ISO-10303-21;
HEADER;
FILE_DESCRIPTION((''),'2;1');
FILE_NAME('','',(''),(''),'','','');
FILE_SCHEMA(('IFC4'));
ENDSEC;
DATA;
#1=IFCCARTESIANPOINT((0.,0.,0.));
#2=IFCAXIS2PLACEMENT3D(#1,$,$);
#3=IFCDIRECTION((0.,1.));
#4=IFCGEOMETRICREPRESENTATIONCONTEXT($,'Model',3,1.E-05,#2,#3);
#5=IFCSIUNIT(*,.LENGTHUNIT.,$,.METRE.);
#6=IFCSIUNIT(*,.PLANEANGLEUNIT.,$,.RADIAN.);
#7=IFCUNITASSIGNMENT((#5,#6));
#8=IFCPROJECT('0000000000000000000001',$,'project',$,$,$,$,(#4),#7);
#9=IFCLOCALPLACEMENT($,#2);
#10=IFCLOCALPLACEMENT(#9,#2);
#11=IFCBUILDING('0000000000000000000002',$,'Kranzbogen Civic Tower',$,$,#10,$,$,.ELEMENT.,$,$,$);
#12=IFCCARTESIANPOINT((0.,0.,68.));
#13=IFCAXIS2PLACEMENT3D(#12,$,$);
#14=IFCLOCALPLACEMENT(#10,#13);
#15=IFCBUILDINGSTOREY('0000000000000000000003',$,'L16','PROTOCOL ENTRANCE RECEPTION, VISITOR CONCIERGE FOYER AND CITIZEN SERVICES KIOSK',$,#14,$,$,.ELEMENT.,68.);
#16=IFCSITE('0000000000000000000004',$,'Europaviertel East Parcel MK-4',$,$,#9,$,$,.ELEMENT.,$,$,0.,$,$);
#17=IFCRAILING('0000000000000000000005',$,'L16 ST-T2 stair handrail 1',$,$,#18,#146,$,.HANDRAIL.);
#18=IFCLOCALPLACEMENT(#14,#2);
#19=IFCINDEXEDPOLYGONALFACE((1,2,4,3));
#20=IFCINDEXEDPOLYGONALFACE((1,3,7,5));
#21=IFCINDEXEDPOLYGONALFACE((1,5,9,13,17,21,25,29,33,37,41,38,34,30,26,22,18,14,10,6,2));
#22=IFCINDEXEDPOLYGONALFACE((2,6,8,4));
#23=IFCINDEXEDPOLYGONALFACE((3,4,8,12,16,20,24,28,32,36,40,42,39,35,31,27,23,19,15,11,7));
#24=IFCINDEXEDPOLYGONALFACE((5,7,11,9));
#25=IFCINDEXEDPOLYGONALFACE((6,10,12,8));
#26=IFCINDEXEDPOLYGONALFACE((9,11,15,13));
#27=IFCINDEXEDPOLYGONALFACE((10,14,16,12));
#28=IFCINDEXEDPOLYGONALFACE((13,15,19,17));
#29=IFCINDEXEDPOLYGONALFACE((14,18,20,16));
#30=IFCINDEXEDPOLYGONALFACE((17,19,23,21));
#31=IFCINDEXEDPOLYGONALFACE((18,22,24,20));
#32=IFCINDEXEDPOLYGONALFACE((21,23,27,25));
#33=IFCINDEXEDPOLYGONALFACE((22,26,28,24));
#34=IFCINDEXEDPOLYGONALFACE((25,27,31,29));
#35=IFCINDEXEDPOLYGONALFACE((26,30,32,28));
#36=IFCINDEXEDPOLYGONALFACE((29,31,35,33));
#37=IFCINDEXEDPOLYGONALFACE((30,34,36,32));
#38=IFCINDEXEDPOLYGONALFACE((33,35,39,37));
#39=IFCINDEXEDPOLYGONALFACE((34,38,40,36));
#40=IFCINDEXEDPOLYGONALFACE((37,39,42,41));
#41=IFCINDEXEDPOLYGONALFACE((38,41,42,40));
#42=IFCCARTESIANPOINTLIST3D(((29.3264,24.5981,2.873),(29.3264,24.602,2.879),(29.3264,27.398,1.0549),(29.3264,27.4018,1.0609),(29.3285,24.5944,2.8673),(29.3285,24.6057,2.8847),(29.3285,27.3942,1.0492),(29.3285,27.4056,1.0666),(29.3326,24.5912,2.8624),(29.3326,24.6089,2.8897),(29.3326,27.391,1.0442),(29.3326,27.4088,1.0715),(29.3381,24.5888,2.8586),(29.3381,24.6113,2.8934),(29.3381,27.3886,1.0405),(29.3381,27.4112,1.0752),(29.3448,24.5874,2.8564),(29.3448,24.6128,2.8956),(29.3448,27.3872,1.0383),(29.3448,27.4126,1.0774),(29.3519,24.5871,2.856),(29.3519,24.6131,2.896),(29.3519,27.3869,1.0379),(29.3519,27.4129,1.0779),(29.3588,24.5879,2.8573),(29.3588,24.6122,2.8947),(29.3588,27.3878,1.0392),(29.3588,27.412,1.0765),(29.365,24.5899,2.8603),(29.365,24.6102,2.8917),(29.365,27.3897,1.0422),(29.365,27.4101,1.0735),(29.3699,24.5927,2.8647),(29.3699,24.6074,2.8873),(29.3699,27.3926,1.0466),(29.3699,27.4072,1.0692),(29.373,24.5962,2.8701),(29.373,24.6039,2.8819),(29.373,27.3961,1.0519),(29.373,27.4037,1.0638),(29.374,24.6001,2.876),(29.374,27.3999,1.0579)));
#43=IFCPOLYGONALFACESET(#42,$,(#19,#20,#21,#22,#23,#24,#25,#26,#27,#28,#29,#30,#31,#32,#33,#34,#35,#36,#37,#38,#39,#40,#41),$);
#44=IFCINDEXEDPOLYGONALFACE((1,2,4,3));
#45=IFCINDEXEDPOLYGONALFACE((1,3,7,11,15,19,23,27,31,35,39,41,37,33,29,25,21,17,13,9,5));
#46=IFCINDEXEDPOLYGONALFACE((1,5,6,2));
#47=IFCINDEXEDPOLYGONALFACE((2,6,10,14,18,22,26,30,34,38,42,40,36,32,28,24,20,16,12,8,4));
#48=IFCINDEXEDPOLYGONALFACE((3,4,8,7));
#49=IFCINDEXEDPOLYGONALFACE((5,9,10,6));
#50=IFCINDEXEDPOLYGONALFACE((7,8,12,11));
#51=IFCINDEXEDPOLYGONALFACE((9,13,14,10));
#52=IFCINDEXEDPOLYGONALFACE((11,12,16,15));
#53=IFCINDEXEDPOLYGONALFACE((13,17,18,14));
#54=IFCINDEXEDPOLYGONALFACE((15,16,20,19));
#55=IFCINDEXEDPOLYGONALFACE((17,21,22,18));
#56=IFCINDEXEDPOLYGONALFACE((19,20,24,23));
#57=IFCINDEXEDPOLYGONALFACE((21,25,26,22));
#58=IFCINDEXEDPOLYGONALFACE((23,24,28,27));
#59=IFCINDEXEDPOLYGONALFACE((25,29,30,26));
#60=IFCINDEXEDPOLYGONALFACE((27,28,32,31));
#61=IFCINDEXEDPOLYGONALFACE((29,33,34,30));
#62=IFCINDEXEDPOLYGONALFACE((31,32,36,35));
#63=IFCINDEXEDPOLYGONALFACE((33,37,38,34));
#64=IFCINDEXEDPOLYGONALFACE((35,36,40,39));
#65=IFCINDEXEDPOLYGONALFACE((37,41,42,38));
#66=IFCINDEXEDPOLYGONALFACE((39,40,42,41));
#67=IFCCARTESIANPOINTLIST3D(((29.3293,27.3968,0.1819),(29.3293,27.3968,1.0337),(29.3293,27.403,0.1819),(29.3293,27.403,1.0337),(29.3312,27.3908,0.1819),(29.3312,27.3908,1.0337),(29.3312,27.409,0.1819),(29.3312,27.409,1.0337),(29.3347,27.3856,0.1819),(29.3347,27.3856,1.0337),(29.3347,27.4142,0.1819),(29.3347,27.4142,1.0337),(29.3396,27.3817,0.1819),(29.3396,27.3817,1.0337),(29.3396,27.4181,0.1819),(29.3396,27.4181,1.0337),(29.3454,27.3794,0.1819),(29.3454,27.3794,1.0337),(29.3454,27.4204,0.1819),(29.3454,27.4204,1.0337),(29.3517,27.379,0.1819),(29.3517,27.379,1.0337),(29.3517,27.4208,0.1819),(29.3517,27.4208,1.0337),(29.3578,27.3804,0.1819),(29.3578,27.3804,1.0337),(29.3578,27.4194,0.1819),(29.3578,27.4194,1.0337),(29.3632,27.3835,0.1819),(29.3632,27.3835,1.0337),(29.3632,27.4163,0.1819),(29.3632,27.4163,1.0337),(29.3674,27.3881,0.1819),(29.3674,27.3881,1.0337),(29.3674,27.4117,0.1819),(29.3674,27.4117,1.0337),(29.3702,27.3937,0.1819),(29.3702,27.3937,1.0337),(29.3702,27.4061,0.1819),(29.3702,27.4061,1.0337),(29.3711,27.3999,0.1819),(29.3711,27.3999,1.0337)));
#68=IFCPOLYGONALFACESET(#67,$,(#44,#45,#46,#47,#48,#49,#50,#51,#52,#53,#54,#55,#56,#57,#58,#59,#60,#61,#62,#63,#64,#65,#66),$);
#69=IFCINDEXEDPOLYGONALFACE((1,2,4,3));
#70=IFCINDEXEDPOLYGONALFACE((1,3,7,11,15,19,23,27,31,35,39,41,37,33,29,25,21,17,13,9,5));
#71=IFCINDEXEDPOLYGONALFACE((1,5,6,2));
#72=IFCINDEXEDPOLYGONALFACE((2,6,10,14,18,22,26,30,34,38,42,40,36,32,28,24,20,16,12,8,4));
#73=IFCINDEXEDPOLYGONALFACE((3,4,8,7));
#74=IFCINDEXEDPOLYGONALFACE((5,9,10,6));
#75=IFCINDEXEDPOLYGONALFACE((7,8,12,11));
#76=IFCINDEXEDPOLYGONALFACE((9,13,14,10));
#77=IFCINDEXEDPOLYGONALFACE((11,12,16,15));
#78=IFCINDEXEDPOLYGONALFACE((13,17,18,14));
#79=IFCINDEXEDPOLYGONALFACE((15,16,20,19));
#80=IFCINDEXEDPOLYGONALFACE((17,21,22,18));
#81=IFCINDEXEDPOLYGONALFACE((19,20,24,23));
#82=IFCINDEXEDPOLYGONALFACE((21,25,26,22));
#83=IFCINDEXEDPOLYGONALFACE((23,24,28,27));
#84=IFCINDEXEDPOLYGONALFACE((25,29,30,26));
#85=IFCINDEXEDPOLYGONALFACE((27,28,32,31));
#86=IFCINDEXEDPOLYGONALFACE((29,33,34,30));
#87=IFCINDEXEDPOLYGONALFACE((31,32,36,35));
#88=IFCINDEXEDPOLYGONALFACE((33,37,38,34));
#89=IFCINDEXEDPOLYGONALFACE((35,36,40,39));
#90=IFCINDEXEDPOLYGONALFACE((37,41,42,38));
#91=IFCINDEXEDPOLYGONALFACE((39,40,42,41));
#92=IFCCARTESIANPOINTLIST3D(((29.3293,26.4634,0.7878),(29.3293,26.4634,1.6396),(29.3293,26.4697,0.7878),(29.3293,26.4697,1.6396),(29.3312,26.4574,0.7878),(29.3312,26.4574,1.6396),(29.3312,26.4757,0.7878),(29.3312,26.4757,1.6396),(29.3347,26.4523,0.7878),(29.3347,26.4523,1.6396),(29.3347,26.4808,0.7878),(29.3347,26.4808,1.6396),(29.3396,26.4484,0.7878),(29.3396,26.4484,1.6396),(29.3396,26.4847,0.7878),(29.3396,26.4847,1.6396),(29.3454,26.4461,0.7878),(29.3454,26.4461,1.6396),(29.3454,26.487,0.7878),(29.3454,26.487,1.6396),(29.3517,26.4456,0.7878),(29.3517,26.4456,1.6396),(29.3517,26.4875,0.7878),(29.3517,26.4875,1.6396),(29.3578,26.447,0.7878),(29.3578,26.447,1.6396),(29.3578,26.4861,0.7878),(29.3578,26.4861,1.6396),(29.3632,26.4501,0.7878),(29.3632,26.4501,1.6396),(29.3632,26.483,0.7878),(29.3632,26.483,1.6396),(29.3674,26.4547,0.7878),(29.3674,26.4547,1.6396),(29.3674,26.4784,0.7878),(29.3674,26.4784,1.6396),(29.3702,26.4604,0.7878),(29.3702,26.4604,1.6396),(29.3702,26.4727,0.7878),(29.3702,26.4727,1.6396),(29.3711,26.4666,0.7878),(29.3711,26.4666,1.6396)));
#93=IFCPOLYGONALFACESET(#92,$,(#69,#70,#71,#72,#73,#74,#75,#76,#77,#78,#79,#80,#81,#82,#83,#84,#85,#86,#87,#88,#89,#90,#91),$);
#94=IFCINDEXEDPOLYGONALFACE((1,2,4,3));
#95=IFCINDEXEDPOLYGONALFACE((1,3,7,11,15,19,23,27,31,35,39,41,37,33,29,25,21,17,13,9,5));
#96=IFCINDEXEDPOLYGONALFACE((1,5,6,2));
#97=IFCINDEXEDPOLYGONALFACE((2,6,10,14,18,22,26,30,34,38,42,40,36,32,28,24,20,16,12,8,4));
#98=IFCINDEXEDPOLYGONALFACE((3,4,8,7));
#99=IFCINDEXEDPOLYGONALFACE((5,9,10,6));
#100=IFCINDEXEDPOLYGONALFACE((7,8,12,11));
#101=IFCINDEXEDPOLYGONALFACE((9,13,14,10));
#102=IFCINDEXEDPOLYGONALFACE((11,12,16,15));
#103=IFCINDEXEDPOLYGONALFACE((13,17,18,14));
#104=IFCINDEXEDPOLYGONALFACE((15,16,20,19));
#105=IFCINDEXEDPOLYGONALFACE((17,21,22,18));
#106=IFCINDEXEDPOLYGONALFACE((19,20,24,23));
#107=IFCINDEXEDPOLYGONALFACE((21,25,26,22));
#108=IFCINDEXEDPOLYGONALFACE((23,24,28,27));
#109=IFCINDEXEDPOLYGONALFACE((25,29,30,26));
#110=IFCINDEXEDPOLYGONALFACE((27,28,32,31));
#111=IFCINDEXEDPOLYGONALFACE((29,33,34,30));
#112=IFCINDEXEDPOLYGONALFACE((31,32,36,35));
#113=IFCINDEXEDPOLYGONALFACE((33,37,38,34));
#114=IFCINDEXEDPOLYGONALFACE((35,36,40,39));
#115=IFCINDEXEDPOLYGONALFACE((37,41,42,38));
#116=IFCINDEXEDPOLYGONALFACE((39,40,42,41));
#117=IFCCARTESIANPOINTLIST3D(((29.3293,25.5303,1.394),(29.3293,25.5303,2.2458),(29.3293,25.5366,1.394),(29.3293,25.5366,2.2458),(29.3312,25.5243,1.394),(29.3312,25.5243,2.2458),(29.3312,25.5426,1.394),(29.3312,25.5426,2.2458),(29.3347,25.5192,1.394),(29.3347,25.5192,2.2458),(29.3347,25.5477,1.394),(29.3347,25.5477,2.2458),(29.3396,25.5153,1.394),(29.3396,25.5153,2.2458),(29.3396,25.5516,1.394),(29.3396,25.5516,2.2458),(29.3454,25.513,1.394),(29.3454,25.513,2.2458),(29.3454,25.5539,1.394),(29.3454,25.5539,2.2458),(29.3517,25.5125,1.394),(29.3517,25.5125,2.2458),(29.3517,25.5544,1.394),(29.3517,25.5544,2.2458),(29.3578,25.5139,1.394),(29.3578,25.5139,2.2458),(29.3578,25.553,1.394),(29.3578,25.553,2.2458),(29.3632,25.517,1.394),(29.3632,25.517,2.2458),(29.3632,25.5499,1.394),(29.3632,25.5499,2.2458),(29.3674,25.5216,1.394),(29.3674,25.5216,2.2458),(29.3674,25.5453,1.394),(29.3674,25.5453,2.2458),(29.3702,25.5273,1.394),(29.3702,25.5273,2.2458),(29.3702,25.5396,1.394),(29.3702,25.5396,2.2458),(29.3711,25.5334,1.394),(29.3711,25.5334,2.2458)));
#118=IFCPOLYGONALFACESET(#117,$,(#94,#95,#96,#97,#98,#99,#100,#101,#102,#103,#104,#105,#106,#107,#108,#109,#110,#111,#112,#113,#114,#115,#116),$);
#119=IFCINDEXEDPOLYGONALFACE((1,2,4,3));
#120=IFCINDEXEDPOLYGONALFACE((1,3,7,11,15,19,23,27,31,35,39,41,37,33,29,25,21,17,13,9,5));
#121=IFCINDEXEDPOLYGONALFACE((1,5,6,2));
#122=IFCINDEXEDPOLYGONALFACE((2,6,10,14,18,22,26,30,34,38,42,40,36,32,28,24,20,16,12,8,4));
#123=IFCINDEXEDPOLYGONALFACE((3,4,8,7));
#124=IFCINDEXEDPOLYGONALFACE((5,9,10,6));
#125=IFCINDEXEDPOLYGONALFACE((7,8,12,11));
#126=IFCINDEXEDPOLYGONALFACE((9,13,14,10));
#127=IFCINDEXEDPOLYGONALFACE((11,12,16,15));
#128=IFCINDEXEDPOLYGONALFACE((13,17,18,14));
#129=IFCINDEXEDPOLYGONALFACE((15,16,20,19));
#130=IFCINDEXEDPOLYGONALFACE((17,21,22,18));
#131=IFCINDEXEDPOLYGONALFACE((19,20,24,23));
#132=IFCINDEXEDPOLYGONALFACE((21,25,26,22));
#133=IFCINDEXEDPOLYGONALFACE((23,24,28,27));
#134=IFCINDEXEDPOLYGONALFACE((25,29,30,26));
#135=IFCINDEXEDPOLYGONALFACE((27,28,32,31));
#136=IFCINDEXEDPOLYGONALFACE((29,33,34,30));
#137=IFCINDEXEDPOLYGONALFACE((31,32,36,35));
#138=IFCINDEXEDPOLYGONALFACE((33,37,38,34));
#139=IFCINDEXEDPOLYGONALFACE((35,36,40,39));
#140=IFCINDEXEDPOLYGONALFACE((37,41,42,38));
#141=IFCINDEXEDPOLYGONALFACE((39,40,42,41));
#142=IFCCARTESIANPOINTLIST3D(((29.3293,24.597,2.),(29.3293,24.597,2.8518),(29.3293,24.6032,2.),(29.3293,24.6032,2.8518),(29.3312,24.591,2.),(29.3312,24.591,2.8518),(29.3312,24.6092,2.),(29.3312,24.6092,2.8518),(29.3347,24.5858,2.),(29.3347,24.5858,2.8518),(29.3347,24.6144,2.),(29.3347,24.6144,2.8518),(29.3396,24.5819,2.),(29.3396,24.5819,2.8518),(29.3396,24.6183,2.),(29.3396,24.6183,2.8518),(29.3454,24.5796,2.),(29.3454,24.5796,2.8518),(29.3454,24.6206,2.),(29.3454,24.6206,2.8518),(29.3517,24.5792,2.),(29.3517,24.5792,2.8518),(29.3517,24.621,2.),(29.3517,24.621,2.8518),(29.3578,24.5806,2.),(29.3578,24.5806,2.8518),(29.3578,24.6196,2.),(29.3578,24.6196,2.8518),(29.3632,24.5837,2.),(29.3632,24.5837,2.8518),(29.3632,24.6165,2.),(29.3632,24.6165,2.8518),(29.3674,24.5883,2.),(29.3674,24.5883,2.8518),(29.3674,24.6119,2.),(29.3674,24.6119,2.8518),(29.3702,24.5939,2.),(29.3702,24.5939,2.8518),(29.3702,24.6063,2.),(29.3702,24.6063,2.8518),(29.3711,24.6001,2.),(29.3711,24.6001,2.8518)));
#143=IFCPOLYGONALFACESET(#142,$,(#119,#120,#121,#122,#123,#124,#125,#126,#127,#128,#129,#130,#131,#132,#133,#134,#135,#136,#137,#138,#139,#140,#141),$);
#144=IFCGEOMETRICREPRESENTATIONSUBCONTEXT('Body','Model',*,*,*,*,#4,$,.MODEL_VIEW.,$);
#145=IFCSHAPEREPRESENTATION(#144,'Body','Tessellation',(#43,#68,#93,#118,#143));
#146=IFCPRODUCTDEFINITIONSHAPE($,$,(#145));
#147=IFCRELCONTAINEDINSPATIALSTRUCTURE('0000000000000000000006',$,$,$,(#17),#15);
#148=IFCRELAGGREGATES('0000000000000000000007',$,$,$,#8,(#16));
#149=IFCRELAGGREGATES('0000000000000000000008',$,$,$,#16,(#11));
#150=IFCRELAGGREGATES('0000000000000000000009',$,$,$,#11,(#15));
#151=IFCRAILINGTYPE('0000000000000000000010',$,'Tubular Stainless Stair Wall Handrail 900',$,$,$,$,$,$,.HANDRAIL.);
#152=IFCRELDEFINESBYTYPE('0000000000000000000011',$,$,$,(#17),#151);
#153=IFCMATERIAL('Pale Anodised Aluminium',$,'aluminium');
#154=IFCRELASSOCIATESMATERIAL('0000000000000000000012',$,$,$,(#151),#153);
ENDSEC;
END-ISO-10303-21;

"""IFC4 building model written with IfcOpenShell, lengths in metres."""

from ifc_helpers import new_model, si_unit, direction, frame, origin, origin_2d, place, context, subcontext, project, spatial, circle, extrude, material, type_object, element, save


model = new_model("IFC4")

# Units and contexts
model_context = context("Model", 3, precision=1e-05, world=origin(), true_north=direction((0.0, 1.0)))
body_context = subcontext(model_context, "Body", "Model", "MODEL_VIEW")
ifc_project = project(units=[si_unit("LENGTHUNIT", "METRE"), si_unit("PLANEANGLEUNIT", "RADIAN")], contexts=[model_context])

# Site, building, storey
site_placement = place(None, origin())
site = spatial("IfcSite", under=ifc_project, at=site_placement, Name="Europaviertel East Parcel MK-4", CompositionType="ELEMENT", RefElevation=0.0)
building_placement = place(site_placement, origin())
building = spatial("IfcBuilding", under=site, at=building_placement, Name="Kranzbogen Civic Tower", CompositionType="ELEMENT")
storey_placement = place(building_placement, frame((0.0, 0.0, 68.0)))
storey = spatial("IfcBuildingStorey", under=building, at=storey_placement, Name="L16", Description="PROTOCOL ENTRANCE RECEPTION, VISITOR CONCIERGE FOYER AND CITIZEN SERVICES KIOSK", CompositionType="ELEMENT", Elevation=68.0)

# Shared definitions
ifc_material_1 = material(Name="Pale Anodised Aluminium", Category="aluminium")

# Railing
railing_type_1 = type_object("IfcRailingType", Name="Tubular Stainless Stair Wall Handrail 900", PredefinedType="HANDRAIL", material=ifc_material_1)
railing_1_placement = place(storey_placement, frame((29.3501, 27.3999, 0.1819)))
element("IfcRailing", 1, at=railing_1_placement, inside=storey, type_object=railing_type_1, Name="L16 ST-T2 stair handrail 1", PredefinedType="HANDRAIL", context=body_context, shape_type="SweptSolid", body=[
    extrude(circle(Radius=0.0239, at=origin_2d()), frame((0.0, 0.0, 0.876), z_axis=(0.0, -0.838684, 0.544618), x_axis=(1.0, 0.0, 0.0)), (0.0, 0.0, 1.0), 3.3384),
    extrude(circle(Radius=0.021, at=origin_2d()), origin(), (0.0, 0.0, 1.0), 0.8518),
    extrude(circle(Radius=0.021, at=origin_2d()), frame((0.0, -0.9333, 0.606)), (0.0, 0.0, 1.0), 0.8518),
    extrude(circle(Radius=0.021, at=origin_2d()), frame((0.0, -1.8665, 1.2122)), (0.0, 0.0, 1.0), 0.8518),
    extrude(circle(Radius=0.021, at=origin_2d()), frame((0.0, -2.7998, 1.8181)), (0.0, 0.0, 1.0), 0.8518),
])

save(model, "model.ifc")
